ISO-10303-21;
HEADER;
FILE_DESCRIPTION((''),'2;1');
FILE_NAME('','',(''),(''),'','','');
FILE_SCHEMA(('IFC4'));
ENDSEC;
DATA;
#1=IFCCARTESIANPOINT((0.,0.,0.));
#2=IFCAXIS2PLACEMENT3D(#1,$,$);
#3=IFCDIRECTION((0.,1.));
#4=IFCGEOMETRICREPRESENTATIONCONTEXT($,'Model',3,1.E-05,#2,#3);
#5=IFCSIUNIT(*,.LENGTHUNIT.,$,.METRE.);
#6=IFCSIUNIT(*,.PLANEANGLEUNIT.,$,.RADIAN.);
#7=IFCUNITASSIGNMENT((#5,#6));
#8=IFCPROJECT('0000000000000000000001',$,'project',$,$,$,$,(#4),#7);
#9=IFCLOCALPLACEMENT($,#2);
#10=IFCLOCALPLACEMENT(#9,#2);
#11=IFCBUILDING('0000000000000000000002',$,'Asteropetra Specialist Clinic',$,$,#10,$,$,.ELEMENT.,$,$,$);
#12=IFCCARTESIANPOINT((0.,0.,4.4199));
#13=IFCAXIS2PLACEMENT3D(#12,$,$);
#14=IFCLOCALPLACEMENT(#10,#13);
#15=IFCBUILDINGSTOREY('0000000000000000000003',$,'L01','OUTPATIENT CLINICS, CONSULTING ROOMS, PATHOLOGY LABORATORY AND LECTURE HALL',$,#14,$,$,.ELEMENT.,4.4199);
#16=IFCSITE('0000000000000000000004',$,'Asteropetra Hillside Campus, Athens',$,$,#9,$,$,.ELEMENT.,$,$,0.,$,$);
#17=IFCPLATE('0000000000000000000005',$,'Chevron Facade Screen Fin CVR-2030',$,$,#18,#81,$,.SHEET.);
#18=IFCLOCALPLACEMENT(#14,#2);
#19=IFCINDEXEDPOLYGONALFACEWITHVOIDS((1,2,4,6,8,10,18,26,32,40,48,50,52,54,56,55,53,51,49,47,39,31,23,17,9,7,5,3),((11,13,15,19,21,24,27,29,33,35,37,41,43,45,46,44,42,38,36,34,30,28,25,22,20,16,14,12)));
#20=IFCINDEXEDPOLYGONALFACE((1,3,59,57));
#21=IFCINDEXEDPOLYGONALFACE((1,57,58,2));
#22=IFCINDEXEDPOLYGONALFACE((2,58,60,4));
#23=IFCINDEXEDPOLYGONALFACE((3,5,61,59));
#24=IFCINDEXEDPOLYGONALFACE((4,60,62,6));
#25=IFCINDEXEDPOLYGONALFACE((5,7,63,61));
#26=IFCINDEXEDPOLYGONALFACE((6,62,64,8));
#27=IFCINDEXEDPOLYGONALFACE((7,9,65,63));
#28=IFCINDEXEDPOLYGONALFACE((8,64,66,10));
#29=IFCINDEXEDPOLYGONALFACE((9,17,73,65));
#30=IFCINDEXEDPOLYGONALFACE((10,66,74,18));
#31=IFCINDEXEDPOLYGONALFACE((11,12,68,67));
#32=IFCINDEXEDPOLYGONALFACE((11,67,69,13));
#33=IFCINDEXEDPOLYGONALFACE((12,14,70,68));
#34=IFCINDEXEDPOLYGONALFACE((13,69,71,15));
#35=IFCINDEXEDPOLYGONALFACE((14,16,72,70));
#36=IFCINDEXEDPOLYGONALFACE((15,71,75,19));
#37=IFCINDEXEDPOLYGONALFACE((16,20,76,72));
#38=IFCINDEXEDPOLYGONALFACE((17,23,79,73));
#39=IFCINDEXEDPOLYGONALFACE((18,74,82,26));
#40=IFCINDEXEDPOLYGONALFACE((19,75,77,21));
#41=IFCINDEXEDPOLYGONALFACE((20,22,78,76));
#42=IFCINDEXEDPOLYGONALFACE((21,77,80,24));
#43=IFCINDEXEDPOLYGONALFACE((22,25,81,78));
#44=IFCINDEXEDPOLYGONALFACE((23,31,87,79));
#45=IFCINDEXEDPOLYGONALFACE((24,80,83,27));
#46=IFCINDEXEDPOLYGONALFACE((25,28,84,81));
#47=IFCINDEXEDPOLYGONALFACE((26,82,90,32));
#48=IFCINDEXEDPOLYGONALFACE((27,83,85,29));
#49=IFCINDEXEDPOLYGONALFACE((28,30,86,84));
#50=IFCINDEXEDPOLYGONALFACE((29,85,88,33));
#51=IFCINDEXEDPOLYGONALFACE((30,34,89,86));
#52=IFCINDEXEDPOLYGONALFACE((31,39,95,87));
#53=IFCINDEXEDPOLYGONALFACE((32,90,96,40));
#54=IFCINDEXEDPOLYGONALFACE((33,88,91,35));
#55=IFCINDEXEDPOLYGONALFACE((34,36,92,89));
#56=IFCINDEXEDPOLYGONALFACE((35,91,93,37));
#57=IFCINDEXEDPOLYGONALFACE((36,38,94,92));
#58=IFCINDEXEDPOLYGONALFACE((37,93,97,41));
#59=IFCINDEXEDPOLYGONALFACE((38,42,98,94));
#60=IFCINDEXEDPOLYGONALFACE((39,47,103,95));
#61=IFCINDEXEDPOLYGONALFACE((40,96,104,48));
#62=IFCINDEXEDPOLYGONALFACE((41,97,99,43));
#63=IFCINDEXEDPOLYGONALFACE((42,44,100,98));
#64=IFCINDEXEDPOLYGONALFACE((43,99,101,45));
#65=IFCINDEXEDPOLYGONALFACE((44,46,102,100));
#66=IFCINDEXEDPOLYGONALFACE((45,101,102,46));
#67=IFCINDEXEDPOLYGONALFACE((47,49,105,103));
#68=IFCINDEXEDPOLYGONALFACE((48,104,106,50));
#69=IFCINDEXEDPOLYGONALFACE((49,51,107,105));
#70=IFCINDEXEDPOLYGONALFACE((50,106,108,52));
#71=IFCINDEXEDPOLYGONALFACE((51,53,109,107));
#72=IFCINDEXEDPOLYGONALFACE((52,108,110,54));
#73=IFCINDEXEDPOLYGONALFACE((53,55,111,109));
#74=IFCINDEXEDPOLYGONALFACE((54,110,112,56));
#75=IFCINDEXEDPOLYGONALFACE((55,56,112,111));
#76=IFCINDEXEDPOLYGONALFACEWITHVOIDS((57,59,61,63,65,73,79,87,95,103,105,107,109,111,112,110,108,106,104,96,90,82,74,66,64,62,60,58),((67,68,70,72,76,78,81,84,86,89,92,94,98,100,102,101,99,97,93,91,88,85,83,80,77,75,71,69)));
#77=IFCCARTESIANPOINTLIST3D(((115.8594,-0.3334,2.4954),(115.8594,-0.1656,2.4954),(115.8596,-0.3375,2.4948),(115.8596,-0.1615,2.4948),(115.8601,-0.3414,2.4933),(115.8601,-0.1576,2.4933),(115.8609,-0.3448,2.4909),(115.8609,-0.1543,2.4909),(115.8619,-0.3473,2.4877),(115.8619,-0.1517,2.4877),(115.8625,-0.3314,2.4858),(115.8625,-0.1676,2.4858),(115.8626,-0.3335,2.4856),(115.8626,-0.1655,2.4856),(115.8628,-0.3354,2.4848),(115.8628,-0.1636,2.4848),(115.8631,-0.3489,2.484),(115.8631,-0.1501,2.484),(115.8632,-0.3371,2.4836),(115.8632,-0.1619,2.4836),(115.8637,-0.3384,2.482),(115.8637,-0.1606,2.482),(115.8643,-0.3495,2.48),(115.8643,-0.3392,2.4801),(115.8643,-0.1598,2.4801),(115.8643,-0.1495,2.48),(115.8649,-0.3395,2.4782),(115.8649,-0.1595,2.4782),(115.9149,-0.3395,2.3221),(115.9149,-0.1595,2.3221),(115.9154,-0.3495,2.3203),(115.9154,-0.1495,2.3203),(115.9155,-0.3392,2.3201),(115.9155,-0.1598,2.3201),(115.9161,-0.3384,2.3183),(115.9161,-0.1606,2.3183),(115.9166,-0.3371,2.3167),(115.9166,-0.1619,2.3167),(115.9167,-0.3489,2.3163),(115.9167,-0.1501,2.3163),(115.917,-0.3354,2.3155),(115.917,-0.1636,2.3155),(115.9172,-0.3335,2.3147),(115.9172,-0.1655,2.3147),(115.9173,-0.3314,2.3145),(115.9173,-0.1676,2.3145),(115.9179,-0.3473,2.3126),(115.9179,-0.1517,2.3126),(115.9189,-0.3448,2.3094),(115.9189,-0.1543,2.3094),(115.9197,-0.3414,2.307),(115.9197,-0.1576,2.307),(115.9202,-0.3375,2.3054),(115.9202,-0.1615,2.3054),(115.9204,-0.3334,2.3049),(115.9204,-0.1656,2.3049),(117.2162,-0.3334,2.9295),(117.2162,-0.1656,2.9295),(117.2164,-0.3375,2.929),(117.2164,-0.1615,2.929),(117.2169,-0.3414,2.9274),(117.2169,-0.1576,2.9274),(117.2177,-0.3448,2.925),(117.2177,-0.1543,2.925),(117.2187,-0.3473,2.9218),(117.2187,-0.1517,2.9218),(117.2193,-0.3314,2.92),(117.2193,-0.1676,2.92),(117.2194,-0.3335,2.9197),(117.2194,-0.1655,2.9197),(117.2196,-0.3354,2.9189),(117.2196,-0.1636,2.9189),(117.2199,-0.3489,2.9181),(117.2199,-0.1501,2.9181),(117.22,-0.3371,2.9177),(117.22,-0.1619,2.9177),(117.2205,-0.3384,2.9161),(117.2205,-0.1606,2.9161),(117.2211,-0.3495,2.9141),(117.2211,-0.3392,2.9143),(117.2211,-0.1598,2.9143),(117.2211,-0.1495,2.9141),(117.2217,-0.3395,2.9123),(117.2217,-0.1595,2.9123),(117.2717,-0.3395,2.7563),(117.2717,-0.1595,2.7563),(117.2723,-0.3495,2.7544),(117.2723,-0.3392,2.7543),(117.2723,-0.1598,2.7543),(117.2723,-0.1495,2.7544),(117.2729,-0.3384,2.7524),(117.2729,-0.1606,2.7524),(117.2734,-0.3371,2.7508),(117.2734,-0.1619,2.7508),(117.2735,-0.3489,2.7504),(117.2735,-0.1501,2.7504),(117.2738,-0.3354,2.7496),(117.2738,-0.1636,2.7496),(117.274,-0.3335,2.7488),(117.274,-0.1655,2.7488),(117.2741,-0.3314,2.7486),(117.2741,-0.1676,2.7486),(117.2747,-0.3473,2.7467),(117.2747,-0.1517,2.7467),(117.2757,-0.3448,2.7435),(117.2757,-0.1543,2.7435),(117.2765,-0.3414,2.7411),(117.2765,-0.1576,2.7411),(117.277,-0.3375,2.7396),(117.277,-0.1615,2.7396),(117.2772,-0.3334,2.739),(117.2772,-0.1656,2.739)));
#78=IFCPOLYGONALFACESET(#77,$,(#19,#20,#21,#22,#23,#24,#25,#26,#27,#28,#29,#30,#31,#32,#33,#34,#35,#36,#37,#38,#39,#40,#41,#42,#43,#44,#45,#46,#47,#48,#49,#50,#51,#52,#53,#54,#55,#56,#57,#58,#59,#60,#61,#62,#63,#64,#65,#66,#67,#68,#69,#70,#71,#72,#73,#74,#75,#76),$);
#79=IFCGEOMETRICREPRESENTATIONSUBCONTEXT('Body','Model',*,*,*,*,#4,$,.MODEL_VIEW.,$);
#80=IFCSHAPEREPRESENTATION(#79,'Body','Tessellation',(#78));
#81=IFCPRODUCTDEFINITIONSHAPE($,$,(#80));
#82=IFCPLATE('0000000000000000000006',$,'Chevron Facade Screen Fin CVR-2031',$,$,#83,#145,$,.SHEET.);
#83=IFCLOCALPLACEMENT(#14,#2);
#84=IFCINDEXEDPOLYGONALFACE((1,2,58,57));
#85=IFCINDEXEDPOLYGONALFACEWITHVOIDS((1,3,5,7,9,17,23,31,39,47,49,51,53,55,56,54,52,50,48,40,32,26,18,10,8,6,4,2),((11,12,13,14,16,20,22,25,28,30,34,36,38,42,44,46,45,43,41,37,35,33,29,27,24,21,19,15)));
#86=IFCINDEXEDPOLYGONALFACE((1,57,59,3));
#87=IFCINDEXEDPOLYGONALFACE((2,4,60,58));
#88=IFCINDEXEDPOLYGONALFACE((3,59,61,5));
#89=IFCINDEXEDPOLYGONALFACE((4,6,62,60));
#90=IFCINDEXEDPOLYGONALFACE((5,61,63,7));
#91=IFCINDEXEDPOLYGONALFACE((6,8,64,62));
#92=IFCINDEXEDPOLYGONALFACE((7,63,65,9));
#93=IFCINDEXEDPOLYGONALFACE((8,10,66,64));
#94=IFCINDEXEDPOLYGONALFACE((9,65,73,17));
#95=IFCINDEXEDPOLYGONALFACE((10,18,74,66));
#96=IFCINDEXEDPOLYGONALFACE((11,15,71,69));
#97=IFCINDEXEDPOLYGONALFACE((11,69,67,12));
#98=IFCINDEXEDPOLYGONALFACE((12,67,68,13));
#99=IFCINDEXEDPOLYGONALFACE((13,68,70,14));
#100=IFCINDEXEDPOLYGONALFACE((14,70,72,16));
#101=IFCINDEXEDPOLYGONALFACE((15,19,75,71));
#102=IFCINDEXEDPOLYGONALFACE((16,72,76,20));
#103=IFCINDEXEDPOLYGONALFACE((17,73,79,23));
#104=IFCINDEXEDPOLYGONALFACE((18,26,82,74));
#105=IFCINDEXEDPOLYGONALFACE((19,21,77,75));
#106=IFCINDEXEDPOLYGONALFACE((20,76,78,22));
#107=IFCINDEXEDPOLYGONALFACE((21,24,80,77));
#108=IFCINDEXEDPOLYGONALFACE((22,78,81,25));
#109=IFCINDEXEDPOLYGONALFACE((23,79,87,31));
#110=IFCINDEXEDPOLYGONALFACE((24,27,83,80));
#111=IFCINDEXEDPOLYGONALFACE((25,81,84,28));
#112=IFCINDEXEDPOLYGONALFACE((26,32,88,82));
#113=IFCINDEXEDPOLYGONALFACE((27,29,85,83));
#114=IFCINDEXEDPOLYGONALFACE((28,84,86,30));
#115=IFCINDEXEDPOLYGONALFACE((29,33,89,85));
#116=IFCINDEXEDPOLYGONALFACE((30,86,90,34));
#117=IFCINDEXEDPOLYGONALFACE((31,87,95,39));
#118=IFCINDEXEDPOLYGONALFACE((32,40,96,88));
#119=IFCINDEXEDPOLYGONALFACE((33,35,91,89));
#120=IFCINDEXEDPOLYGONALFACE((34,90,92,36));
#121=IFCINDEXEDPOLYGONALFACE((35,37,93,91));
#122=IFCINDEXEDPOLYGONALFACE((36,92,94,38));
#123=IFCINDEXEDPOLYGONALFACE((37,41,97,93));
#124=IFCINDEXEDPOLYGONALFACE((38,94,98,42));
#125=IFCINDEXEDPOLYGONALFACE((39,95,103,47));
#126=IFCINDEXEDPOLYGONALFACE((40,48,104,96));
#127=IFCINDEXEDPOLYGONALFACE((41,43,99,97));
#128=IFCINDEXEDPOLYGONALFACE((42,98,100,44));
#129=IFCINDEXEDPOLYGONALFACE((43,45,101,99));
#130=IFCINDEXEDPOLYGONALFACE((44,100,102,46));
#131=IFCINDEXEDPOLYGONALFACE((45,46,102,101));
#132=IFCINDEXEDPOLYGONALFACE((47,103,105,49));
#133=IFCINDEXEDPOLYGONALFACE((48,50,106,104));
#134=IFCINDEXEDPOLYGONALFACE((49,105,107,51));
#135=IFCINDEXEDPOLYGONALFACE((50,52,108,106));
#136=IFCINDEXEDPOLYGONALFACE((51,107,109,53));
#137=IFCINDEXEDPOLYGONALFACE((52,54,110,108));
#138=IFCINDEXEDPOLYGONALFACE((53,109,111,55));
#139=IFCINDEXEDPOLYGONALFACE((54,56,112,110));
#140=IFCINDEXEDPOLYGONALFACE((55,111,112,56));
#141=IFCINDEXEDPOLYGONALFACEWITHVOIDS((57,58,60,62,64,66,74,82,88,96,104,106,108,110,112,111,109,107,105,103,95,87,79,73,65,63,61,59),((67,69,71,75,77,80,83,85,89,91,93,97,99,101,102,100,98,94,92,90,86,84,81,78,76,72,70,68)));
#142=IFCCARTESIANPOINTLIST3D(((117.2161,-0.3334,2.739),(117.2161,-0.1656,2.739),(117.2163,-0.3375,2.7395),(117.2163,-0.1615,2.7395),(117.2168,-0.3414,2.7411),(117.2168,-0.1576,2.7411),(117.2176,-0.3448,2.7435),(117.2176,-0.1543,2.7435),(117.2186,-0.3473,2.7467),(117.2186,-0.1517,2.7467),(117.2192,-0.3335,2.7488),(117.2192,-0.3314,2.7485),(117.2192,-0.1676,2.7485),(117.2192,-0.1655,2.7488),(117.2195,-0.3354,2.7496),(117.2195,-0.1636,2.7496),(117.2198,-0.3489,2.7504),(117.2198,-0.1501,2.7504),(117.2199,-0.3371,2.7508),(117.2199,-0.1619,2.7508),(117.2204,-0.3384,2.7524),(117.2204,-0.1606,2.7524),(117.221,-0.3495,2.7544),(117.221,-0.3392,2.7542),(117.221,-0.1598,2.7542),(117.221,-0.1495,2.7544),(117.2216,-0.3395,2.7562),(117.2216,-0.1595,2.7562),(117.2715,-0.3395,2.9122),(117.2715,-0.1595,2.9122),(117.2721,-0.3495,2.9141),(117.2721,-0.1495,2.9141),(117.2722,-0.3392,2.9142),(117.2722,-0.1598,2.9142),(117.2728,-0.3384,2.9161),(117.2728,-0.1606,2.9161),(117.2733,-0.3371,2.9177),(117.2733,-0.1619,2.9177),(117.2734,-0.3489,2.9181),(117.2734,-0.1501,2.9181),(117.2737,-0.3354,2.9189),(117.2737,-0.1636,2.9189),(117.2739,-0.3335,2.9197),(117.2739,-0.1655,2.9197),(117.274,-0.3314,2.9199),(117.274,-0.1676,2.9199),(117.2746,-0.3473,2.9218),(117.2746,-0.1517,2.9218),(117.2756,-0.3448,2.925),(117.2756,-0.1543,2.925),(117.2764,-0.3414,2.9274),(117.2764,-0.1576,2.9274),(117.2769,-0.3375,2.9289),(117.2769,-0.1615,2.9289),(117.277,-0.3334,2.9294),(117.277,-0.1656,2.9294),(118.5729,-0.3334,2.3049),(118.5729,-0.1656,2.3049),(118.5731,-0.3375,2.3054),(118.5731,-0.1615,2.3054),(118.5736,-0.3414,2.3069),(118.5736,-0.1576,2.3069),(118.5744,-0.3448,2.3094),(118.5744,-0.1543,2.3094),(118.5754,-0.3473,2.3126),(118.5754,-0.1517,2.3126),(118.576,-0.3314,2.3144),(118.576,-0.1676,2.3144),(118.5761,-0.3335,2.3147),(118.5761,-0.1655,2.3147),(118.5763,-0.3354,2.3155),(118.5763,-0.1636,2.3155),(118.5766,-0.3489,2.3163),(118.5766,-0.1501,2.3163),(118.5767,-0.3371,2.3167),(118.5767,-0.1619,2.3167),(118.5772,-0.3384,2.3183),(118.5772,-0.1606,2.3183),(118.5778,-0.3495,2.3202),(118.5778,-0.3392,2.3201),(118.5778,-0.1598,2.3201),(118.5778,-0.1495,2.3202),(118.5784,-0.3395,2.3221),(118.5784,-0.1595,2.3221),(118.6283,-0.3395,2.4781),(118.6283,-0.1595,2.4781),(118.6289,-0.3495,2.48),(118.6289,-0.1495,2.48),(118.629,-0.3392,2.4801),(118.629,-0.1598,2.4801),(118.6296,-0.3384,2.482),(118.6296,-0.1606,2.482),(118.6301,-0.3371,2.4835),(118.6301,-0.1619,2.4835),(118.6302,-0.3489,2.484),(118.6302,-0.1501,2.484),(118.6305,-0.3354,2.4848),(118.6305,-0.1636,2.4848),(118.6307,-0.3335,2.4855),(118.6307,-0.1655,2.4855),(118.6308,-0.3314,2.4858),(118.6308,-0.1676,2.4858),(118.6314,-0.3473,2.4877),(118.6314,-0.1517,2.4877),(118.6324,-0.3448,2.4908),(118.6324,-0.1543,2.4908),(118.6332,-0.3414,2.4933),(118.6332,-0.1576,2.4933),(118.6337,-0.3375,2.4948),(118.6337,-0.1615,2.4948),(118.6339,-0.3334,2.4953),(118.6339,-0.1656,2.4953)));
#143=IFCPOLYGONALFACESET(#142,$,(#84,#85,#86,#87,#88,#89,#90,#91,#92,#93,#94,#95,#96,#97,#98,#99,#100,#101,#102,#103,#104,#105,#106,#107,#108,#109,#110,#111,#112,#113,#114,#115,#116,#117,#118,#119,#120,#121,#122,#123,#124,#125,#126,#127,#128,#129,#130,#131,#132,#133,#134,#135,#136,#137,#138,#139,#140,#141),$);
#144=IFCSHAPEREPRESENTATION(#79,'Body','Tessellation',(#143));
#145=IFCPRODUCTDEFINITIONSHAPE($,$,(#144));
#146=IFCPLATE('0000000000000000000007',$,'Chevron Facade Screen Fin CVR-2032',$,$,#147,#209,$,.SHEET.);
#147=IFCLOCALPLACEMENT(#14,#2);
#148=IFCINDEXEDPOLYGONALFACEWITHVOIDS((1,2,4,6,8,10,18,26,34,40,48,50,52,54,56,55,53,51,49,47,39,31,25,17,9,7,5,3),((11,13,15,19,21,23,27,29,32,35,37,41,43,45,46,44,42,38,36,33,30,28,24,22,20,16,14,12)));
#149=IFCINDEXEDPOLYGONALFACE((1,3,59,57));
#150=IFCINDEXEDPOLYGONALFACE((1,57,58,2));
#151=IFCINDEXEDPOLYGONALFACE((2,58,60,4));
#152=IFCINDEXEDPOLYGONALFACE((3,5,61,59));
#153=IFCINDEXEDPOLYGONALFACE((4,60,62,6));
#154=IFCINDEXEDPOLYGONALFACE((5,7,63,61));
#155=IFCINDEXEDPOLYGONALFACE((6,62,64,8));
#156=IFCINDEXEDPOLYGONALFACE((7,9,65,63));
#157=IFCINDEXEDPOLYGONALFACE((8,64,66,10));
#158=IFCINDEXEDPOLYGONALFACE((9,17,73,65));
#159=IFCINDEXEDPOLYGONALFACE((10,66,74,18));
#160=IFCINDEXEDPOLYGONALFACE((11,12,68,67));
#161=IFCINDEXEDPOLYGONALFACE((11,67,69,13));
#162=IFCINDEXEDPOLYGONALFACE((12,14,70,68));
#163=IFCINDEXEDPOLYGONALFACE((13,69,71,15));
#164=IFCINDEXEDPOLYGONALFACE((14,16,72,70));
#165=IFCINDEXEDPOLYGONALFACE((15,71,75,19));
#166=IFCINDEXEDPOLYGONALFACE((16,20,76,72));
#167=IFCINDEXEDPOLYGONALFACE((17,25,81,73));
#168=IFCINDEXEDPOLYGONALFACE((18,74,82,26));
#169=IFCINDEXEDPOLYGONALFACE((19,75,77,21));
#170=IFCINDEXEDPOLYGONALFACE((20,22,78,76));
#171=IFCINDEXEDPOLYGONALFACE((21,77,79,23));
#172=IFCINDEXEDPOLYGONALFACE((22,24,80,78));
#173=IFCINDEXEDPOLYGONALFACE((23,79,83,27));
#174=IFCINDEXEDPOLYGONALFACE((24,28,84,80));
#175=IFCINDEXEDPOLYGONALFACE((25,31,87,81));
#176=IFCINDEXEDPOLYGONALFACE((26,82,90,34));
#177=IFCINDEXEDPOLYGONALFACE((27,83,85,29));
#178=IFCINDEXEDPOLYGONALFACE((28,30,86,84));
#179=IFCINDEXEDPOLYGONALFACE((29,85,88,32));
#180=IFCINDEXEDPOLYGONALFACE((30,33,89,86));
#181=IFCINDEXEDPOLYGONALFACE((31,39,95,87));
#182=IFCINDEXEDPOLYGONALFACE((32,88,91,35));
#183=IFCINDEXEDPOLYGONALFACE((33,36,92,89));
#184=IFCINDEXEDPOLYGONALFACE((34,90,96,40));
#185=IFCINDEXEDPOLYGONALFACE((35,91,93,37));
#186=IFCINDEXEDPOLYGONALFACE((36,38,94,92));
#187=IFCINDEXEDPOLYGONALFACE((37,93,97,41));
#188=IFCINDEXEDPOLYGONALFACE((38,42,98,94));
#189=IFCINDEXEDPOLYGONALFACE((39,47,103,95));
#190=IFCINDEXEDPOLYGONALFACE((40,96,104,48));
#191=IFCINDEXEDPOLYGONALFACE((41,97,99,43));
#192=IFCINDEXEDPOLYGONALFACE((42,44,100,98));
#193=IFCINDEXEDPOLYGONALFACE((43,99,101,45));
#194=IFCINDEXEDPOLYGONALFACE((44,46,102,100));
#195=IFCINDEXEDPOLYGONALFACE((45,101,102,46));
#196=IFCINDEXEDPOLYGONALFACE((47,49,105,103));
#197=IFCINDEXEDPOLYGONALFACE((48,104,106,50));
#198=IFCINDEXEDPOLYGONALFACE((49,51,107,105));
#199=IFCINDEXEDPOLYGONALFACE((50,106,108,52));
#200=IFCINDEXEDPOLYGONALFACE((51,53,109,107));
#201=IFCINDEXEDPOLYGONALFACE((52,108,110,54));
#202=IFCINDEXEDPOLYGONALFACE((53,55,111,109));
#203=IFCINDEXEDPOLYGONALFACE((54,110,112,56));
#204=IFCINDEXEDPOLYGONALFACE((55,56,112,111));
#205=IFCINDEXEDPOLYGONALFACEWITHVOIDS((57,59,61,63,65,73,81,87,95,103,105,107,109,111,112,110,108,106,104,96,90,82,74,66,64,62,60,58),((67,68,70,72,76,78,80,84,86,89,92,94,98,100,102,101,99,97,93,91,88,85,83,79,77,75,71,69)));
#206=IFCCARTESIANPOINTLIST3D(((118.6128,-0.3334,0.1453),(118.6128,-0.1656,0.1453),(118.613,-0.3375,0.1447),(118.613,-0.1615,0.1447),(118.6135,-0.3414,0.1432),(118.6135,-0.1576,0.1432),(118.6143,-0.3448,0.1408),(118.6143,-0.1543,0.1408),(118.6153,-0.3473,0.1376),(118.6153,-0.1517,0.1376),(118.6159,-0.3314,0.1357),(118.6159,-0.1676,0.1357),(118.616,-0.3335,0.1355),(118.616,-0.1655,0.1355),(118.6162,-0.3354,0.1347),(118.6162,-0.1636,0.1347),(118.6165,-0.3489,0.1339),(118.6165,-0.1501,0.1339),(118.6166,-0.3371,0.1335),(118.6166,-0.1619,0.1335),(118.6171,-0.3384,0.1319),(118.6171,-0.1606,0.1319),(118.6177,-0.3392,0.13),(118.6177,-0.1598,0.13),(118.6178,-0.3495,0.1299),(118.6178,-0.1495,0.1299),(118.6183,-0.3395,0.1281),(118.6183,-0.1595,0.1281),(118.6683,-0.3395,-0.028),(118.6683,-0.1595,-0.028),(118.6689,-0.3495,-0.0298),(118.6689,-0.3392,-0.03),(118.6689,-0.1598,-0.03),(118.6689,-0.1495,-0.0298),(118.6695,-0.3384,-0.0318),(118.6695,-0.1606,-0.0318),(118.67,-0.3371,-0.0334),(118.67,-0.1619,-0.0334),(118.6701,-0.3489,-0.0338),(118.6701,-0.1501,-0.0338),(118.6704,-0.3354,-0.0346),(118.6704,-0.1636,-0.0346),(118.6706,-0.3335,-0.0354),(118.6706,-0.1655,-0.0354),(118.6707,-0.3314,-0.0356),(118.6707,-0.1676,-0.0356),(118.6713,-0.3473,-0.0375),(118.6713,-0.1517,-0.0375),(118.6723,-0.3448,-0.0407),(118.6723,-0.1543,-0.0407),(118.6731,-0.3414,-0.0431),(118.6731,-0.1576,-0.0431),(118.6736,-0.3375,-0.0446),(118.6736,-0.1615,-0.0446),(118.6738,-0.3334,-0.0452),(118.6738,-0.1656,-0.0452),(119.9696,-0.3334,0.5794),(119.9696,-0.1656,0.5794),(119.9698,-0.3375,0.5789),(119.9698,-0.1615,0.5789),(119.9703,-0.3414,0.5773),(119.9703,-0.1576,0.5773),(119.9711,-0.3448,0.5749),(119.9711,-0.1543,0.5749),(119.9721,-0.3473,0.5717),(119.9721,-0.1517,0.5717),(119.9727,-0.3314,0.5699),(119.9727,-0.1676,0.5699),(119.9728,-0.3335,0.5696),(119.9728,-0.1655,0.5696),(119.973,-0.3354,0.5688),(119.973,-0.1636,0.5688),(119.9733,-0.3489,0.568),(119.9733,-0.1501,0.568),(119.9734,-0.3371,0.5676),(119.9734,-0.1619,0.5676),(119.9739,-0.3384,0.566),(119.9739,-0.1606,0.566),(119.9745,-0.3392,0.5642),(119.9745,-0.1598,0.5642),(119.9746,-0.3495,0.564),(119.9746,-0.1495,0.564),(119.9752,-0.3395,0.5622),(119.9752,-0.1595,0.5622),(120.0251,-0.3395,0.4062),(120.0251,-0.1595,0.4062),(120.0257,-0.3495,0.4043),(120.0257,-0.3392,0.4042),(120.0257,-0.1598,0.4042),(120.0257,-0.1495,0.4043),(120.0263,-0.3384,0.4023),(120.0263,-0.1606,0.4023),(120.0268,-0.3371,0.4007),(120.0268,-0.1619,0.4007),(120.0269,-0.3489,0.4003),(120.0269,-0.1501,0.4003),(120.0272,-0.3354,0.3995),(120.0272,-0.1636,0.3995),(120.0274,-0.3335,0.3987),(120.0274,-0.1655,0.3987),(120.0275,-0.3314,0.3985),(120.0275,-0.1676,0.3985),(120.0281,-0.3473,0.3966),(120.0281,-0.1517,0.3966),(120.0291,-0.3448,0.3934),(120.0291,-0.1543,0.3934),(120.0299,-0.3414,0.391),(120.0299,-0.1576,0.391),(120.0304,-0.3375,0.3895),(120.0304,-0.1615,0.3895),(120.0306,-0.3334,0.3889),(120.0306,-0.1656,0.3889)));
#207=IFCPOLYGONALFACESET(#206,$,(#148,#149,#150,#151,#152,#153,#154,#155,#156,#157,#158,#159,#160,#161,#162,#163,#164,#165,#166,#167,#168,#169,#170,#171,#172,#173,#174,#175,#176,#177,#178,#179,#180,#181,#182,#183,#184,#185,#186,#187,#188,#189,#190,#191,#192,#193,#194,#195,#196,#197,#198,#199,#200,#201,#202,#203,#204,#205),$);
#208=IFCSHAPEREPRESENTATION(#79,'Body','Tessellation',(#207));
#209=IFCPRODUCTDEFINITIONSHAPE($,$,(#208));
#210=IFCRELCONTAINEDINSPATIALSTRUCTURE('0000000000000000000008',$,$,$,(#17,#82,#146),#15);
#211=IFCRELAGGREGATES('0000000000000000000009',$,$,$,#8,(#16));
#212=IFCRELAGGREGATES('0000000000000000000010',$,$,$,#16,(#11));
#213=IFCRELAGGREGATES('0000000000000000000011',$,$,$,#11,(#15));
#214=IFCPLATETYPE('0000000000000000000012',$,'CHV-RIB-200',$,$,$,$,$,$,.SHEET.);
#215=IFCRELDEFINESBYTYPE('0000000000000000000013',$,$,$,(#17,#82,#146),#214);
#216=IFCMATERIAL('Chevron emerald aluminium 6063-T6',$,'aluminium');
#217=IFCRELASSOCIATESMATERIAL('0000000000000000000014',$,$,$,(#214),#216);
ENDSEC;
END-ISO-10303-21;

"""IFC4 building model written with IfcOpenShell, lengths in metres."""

from ifc_helpers import new_model, si_unit, direction, frame, origin, origin_2d, place, context, subcontext, project, spatial, hollow_rectangle, extrude, material, material_profile, profile_set, type_object, element, save


model = new_model("IFC4")

# Units and contexts
model_context = context("Model", 3, precision=1e-05, world=origin(), true_north=direction((0.0, 1.0)))
body_context = subcontext(model_context, "Body", "Model", "MODEL_VIEW")
ifc_project = project(units=[si_unit("LENGTHUNIT", "METRE"), si_unit("PLANEANGLEUNIT", "RADIAN")], contexts=[model_context])

# Site, building, storey
site_placement = place(None, origin())
site = spatial("IfcSite", under=ifc_project, at=site_placement, Name="Asteropetra Hillside Campus, Athens", CompositionType="ELEMENT", RefElevation=0.0)
building_placement = place(site_placement, origin())
building = spatial("IfcBuilding", under=site, at=building_placement, Name="Asteropetra Specialist Clinic", CompositionType="ELEMENT")
storey_placement = place(building_placement, frame((0.0, 0.0, 4.4199)))
storey = spatial("IfcBuildingStorey", under=building, at=storey_placement, Name="L01", Description="OUTPATIENT CLINICS, CONSULTING ROOMS, PATHOLOGY LABORATORY AND LECTURE HALL", CompositionType="ELEMENT", Elevation=4.4199)

# Plates
ifc_material_1 = material(Name="Chevron emerald aluminium 6063-T6", Category="aluminium")
ifc_material_profile = material_profile(ifc_material_1, hollow_rectangle(XDim=0.2, YDim=0.2, WallThickness=0.01, InnerFilletRadius=0.0081, OuterFilletRadius=0.0161, at=origin_2d()), Name="SHS 200x200x10.0")
ifc_profile_set = profile_set([ifc_material_profile], Name="Chevron emerald aluminium 6063-T6")
plate_type = type_object("IfcPlateType", Name="CHV-RIB-200", PredefinedType="SHEET", material=ifc_profile_set)
for number, where, z_axis, x_axis, name in (
    (1, (115.8899, -0.2495, 2.4001), (0.952436, 0.0, 0.304738), (0.0, 1.0, 0.0), "Chevron Facade Screen Fin CVR-2030"),
    (2, (117.2466, -0.2495, 2.8342), (0.952436, 0.0, -0.304738), (0.0, 1.0, 0.0), "Chevron Facade Screen Fin CVR-2031"),
    (3, (118.6433, -0.2495, 0.05), (0.952436, 0.0, 0.304738), (0.0, 1.0, 0.0), "Chevron Facade Screen Fin CVR-2032"),
):
    element("IfcPlate", number, at=place(storey_placement, frame(where, z_axis=z_axis, x_axis=x_axis)), inside=storey, type_object=plate_type, Name=name, PredefinedType="SHEET", context=body_context, shape_type="SweptSolid", body=[
        extrude(hollow_rectangle(XDim=0.2, YDim=0.2, WallThickness=0.01, InnerFilletRadius=0.0081, OuterFilletRadius=0.0161, at=origin_2d()), origin(), (0.0, 0.0, 1.0), 1.4246),
    ])

save(model, "model.ifc")
